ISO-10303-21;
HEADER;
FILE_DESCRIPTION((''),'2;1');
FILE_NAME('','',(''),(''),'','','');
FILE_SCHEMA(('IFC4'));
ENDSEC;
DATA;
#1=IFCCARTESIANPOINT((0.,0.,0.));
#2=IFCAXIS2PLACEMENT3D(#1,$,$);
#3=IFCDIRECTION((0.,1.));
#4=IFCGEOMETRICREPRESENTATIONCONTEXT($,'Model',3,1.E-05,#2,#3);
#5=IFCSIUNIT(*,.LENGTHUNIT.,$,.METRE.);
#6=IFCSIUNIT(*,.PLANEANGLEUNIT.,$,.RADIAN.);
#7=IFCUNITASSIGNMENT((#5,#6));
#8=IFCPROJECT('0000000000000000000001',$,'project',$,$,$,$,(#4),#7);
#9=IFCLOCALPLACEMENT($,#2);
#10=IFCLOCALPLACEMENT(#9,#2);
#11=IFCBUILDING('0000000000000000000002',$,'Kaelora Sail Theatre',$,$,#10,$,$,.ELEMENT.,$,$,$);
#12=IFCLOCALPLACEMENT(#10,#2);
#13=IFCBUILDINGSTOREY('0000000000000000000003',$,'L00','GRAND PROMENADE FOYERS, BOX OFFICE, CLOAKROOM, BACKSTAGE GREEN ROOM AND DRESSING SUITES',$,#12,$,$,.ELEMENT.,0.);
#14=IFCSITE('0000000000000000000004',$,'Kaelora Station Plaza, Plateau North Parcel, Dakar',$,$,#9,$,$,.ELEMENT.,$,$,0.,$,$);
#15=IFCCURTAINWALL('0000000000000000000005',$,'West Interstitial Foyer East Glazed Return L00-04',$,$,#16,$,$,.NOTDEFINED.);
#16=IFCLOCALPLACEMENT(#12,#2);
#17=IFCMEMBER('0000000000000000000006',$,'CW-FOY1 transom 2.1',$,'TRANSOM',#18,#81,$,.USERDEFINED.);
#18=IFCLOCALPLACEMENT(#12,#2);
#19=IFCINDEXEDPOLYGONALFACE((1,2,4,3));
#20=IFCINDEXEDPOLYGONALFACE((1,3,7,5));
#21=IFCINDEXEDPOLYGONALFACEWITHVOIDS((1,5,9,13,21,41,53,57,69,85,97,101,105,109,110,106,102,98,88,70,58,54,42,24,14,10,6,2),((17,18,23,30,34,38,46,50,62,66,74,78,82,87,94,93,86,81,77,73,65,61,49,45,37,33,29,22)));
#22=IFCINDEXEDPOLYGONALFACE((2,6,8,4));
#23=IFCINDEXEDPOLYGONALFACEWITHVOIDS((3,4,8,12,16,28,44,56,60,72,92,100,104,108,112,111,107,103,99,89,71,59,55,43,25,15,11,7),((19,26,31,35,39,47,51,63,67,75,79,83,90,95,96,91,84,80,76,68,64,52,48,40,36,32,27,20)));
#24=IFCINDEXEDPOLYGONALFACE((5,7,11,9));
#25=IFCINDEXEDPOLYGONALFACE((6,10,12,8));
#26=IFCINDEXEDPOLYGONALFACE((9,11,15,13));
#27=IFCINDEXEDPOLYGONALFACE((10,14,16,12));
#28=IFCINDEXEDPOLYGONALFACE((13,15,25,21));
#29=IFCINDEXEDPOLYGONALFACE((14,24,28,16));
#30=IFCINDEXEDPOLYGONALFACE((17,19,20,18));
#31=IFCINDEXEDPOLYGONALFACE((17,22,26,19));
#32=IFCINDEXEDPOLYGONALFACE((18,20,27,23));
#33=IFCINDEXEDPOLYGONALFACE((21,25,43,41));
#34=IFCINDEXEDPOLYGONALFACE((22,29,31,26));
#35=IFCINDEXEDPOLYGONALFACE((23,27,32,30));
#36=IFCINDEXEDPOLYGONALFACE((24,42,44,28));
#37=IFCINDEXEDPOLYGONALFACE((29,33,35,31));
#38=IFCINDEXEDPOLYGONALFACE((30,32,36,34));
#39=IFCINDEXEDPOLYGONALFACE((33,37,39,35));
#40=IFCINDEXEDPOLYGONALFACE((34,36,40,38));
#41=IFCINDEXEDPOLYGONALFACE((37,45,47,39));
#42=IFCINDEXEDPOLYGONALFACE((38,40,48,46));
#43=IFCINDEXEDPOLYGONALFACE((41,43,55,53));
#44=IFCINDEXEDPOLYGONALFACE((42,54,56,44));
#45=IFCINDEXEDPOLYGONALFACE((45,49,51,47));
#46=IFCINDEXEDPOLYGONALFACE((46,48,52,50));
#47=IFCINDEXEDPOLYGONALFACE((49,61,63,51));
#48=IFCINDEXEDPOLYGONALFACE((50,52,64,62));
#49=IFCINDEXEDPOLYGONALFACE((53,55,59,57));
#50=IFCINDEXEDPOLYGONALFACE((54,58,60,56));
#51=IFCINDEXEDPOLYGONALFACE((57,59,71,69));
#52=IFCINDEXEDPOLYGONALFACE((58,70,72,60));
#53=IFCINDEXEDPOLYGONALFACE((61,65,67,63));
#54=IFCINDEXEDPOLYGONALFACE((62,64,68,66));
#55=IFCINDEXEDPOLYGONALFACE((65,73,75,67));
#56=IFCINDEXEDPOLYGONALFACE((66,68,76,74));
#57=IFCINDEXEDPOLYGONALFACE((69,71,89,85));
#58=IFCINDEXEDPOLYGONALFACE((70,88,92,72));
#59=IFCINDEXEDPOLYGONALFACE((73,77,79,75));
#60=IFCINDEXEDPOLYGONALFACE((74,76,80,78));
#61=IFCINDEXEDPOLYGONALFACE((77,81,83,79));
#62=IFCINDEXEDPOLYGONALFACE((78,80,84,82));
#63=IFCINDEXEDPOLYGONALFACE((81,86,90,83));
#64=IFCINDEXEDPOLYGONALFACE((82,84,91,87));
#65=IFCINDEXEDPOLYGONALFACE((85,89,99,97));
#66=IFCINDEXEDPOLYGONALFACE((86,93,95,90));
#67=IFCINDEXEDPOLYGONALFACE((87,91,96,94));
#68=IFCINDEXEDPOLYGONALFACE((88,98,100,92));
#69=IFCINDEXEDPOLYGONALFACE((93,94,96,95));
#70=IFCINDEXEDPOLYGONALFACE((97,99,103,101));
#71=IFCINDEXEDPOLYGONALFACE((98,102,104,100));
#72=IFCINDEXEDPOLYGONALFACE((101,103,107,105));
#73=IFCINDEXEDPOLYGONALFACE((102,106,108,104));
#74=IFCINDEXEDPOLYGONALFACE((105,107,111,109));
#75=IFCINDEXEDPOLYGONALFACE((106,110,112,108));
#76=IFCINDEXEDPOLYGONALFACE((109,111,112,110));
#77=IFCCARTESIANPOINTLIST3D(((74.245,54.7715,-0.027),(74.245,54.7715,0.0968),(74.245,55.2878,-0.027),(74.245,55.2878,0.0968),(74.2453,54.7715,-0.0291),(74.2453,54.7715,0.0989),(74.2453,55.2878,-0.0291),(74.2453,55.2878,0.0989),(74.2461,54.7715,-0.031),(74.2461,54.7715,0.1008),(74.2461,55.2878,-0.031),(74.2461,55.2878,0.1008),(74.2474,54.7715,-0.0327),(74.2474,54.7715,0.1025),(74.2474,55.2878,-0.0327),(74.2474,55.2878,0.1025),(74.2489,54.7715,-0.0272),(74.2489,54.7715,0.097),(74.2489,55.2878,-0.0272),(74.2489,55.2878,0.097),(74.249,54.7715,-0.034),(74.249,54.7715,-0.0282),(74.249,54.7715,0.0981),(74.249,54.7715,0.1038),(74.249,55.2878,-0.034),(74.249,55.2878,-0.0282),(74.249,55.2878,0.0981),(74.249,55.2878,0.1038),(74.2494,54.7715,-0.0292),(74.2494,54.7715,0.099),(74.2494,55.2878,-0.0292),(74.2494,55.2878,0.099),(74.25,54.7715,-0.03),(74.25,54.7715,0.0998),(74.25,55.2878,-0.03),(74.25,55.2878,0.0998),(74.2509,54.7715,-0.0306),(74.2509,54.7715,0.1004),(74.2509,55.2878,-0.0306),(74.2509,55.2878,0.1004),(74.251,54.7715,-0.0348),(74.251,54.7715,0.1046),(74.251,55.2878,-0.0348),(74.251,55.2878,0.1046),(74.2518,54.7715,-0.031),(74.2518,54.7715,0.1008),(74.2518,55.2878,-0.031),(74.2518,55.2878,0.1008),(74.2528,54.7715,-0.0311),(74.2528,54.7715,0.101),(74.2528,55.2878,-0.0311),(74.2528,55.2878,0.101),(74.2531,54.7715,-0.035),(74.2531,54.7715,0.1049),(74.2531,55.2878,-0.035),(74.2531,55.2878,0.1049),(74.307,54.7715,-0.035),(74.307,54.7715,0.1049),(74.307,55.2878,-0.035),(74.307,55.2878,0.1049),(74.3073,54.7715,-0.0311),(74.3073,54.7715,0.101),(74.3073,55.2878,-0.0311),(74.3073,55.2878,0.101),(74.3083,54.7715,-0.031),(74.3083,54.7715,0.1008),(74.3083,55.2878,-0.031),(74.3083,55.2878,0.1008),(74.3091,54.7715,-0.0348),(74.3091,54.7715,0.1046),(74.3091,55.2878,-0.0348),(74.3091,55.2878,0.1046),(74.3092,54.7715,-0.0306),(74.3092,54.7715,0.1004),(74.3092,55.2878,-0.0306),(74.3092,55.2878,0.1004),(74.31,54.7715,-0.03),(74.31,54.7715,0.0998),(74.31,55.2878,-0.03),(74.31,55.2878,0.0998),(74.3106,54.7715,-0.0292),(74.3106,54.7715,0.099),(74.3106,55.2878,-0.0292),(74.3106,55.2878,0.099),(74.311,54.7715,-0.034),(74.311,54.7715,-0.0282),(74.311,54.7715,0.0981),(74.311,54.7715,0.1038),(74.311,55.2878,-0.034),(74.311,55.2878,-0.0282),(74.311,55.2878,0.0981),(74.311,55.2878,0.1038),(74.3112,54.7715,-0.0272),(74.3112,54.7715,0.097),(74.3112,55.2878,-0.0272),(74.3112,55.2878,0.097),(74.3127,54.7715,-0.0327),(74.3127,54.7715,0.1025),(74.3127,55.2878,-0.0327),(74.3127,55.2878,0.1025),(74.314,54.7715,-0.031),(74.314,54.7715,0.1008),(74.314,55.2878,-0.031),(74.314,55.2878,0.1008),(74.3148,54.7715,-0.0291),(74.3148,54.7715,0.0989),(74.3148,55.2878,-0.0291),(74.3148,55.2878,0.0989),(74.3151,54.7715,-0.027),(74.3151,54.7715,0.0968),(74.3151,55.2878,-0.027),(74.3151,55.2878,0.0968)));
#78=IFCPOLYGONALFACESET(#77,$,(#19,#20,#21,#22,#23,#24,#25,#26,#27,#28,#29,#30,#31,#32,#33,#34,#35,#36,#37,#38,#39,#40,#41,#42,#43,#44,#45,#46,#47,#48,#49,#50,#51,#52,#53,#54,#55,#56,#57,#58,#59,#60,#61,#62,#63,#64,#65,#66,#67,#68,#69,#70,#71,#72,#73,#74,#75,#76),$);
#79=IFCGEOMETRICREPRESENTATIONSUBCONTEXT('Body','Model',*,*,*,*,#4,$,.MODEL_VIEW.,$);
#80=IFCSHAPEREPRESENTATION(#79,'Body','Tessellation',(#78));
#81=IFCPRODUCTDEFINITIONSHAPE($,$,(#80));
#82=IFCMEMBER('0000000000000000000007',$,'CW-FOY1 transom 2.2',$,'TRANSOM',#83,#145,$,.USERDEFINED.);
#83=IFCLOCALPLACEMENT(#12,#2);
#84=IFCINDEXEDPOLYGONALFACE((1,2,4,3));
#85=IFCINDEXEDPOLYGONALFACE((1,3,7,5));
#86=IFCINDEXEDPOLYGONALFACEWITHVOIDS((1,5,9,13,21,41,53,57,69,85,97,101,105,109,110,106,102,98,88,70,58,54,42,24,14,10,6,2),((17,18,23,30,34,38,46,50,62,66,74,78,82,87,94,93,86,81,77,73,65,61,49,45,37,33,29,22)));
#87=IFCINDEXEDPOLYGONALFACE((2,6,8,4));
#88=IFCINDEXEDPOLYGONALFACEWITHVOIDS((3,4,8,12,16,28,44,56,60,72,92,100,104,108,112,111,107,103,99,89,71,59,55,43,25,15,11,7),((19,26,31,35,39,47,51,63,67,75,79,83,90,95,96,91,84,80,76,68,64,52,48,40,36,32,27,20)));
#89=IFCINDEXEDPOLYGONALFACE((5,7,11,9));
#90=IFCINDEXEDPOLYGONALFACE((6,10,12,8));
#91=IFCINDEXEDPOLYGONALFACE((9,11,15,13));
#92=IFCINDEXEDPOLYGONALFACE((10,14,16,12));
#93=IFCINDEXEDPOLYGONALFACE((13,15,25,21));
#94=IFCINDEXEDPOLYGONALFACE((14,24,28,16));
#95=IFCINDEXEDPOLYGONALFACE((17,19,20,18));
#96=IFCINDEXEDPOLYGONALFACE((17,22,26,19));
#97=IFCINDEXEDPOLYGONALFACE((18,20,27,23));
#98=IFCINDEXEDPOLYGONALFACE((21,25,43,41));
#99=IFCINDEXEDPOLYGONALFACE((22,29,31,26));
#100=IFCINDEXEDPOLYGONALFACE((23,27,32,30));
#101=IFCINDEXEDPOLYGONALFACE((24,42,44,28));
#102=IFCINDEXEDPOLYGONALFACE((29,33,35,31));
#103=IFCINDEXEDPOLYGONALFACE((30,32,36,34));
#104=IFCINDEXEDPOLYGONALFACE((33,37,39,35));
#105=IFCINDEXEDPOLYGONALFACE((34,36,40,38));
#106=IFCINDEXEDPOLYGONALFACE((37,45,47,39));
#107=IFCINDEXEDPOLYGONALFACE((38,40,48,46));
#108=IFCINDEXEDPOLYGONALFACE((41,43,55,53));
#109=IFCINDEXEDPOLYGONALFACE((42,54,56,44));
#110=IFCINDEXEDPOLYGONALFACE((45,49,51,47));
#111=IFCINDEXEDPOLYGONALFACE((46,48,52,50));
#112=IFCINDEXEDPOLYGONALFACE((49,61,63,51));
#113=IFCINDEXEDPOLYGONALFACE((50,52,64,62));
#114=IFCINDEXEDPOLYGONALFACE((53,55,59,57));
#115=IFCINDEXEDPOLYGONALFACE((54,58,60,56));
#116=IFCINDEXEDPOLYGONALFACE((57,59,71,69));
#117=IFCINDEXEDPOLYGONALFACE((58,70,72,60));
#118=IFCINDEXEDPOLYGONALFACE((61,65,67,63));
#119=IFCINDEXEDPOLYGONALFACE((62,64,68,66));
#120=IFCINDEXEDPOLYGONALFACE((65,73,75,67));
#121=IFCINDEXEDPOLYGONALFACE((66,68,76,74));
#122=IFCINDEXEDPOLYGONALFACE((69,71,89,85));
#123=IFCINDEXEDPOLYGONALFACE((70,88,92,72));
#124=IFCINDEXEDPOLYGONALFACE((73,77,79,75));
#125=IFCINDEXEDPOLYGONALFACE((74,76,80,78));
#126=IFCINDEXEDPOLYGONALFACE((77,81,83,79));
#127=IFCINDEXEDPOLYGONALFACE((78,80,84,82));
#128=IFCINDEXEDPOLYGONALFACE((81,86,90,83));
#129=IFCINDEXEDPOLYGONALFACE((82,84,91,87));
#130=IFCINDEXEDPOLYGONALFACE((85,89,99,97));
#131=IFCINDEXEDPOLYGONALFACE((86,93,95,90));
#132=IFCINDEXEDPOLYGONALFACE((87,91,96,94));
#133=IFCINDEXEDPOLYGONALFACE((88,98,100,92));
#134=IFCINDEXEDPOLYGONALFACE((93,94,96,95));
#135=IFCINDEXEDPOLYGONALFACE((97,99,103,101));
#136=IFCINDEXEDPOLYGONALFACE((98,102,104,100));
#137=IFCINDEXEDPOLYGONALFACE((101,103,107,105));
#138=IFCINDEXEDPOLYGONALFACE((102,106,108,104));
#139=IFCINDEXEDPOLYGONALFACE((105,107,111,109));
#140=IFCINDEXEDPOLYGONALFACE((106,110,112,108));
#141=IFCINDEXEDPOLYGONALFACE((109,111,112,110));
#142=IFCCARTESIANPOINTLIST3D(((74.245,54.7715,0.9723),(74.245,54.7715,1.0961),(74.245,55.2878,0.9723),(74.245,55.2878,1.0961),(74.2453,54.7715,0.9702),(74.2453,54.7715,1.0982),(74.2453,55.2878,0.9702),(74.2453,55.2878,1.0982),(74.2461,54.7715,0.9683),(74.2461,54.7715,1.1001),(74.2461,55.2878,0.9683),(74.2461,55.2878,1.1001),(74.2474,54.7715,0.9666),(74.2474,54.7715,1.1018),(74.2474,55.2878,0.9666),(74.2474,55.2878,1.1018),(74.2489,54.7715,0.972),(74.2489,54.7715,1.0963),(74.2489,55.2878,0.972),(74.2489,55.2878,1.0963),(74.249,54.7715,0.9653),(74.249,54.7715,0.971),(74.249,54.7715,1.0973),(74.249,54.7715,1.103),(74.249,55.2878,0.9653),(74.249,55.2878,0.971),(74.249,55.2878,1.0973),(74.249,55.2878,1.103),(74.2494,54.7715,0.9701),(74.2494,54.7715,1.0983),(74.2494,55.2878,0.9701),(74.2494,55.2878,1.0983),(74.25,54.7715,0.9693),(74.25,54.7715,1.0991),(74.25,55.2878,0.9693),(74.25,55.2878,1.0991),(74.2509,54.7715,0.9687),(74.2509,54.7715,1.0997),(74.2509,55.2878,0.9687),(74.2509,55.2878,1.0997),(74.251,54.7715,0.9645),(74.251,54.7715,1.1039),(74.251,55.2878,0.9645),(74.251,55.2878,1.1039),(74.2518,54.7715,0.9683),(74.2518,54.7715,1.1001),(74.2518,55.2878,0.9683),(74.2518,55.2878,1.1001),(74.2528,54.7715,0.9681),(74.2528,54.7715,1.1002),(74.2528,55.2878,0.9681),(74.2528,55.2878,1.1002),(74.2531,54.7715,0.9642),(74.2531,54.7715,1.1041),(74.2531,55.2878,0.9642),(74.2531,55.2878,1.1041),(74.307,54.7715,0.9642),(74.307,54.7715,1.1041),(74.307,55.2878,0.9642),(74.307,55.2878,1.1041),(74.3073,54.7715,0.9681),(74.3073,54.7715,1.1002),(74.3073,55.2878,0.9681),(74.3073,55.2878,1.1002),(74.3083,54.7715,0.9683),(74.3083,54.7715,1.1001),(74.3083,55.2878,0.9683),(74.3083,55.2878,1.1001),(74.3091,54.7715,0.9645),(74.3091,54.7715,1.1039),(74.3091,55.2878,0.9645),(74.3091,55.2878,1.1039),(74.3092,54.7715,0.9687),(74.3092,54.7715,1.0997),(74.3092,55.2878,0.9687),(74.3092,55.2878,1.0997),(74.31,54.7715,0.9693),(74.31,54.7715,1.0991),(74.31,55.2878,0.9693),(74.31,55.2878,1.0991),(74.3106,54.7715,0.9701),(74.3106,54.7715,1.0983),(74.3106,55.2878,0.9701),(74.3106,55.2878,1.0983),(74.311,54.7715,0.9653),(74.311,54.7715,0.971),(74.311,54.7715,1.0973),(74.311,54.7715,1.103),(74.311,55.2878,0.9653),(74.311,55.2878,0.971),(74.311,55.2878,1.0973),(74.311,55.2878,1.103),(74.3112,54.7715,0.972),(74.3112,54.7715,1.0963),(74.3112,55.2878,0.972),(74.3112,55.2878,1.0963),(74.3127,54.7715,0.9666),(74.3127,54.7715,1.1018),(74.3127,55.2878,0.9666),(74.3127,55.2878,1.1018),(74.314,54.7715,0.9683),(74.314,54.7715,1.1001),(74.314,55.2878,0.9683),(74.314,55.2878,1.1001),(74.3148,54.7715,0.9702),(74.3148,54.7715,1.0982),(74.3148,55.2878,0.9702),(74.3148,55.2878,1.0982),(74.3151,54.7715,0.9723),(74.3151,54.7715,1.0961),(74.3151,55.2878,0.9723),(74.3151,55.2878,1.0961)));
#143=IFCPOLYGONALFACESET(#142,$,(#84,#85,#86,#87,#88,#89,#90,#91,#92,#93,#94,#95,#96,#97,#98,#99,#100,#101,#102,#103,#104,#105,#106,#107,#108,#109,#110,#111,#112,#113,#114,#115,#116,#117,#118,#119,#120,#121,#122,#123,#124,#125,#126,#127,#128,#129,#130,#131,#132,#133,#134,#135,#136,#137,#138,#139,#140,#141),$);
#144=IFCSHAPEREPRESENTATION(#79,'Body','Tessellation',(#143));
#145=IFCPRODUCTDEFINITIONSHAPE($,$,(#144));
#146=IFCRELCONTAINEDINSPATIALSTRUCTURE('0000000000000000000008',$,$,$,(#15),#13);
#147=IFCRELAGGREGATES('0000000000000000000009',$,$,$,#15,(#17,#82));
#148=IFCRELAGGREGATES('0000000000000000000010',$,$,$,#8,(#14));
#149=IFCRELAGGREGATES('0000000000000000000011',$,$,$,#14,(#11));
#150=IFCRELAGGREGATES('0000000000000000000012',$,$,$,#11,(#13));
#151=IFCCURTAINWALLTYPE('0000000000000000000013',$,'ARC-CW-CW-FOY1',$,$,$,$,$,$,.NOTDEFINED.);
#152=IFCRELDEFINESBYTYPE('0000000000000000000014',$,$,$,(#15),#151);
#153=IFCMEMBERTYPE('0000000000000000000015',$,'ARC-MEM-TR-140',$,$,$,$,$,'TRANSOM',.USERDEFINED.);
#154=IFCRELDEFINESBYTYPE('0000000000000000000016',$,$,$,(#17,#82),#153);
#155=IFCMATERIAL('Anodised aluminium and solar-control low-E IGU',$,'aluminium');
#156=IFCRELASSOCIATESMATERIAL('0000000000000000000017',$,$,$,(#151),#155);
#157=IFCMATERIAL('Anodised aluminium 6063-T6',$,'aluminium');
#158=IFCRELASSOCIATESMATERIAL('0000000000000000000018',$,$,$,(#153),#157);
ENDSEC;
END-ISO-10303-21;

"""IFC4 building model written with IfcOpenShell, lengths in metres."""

from ifc_helpers import new_model, si_unit, direction, frame, origin, origin_2d, place, context, subcontext, project, spatial, hollow_rectangle, extrude, material, material_profile, profile_set, type_object, element, aggregate, save


model = new_model("IFC4")

# Units and contexts
model_context = context("Model", 3, precision=1e-05, world=origin(), true_north=direction((0.0, 1.0)))
body_context = subcontext(model_context, "Body", "Model", "MODEL_VIEW")
ifc_project = project(units=[si_unit("LENGTHUNIT", "METRE"), si_unit("PLANEANGLEUNIT", "RADIAN")], contexts=[model_context])

# Site, building, storey
site_placement = place(None, origin())
site = spatial("IfcSite", under=ifc_project, at=site_placement, Name="Kaelora Station Plaza, Plateau North Parcel, Dakar", CompositionType="ELEMENT", RefElevation=0.0)
building_placement = place(site_placement, origin())
building = spatial("IfcBuilding", under=site, at=building_placement, Name="Kaelora Sail Theatre", CompositionType="ELEMENT")
storey_placement = place(building_placement, origin())
storey = spatial("IfcBuildingStorey", under=building, at=storey_placement, Name="L00", Description="GRAND PROMENADE FOYERS, BOX OFFICE, CLOAKROOM, BACKSTAGE GREEN ROOM AND DRESSING SUITES", CompositionType="ELEMENT", Elevation=0.0)

# Curtain wall
ifc_material_1 = material(Name="Anodised aluminium and solar-control low-E IGU", Category="aluminium")
curtain_wall_type = type_object("IfcCurtainWallType", Name="ARC-CW-CW-FOY1", PredefinedType="NOTDEFINED", material=ifc_material_1)
curtain_wall_placement = place(storey_placement, origin())
curtain_wall = element("IfcCurtainWall", 1, at=curtain_wall_placement, inside=storey, type_object=curtain_wall_type, Name="West Interstitial Foyer East Glazed Return L00-04", PredefinedType="NOTDEFINED")

# Members
ifc_material_2 = material(Name="Anodised aluminium 6063-T6", Category="aluminium")
ifc_material_profile_1 = material_profile(ifc_material_2, hollow_rectangle(XDim=0.0701, YDim=0.1399, WallThickness=0.0039, InnerFilletRadius=0.0039, OuterFilletRadius=0.0081, at=origin_2d()), Name="ALU-TRAN 70x140x4")
ifc_profile_set_1 = profile_set([ifc_material_profile_1], Name="Anodised aluminium 6063-T6")
member_type_1 = type_object("IfcMemberType", Name="ARC-MEM-TR-140", ElementType="TRANSOM", PredefinedType="USERDEFINED", material=ifc_profile_set_1)
member_1_placement = place(storey_placement, frame((74.28, 54.7715, 0.0349), z_axis=(0.0, 1.0, 0.0), x_axis=(-1.0, 0.0, 0.0)))
member_1 = element("IfcMember", 2, at=member_1_placement, type_object=member_type_1, Name="CW-FOY1 transom 2.1", ObjectType="TRANSOM", PredefinedType="USERDEFINED", context=body_context, shape_type="SweptSolid", body=[
    extrude(hollow_rectangle(XDim=0.0701, YDim=0.1399, WallThickness=0.0039, InnerFilletRadius=0.0039, OuterFilletRadius=0.0081, at=origin_2d()), origin(), (0.0, 0.0, 1.0), 0.5164),
])
member_2_placement = place(storey_placement, frame((74.28, 54.7715, 1.0342), z_axis=(0.0, 1.0, 0.0), x_axis=(-1.0, 0.0, 0.0)))
member_2 = element("IfcMember", 3, at=member_2_placement, type_object=member_type_1, Name="CW-FOY1 transom 2.2", ObjectType="TRANSOM", PredefinedType="USERDEFINED", context=body_context, shape_type="SweptSolid", body=[
    extrude(hollow_rectangle(XDim=0.0701, YDim=0.1399, WallThickness=0.0039, InnerFilletRadius=0.0039, OuterFilletRadius=0.0081, at=origin_2d()), origin(), (0.0, 0.0, 1.0), 0.5164),
])

aggregate(curtain_wall, [member_1, member_2])

save(model, "model.ifc")
